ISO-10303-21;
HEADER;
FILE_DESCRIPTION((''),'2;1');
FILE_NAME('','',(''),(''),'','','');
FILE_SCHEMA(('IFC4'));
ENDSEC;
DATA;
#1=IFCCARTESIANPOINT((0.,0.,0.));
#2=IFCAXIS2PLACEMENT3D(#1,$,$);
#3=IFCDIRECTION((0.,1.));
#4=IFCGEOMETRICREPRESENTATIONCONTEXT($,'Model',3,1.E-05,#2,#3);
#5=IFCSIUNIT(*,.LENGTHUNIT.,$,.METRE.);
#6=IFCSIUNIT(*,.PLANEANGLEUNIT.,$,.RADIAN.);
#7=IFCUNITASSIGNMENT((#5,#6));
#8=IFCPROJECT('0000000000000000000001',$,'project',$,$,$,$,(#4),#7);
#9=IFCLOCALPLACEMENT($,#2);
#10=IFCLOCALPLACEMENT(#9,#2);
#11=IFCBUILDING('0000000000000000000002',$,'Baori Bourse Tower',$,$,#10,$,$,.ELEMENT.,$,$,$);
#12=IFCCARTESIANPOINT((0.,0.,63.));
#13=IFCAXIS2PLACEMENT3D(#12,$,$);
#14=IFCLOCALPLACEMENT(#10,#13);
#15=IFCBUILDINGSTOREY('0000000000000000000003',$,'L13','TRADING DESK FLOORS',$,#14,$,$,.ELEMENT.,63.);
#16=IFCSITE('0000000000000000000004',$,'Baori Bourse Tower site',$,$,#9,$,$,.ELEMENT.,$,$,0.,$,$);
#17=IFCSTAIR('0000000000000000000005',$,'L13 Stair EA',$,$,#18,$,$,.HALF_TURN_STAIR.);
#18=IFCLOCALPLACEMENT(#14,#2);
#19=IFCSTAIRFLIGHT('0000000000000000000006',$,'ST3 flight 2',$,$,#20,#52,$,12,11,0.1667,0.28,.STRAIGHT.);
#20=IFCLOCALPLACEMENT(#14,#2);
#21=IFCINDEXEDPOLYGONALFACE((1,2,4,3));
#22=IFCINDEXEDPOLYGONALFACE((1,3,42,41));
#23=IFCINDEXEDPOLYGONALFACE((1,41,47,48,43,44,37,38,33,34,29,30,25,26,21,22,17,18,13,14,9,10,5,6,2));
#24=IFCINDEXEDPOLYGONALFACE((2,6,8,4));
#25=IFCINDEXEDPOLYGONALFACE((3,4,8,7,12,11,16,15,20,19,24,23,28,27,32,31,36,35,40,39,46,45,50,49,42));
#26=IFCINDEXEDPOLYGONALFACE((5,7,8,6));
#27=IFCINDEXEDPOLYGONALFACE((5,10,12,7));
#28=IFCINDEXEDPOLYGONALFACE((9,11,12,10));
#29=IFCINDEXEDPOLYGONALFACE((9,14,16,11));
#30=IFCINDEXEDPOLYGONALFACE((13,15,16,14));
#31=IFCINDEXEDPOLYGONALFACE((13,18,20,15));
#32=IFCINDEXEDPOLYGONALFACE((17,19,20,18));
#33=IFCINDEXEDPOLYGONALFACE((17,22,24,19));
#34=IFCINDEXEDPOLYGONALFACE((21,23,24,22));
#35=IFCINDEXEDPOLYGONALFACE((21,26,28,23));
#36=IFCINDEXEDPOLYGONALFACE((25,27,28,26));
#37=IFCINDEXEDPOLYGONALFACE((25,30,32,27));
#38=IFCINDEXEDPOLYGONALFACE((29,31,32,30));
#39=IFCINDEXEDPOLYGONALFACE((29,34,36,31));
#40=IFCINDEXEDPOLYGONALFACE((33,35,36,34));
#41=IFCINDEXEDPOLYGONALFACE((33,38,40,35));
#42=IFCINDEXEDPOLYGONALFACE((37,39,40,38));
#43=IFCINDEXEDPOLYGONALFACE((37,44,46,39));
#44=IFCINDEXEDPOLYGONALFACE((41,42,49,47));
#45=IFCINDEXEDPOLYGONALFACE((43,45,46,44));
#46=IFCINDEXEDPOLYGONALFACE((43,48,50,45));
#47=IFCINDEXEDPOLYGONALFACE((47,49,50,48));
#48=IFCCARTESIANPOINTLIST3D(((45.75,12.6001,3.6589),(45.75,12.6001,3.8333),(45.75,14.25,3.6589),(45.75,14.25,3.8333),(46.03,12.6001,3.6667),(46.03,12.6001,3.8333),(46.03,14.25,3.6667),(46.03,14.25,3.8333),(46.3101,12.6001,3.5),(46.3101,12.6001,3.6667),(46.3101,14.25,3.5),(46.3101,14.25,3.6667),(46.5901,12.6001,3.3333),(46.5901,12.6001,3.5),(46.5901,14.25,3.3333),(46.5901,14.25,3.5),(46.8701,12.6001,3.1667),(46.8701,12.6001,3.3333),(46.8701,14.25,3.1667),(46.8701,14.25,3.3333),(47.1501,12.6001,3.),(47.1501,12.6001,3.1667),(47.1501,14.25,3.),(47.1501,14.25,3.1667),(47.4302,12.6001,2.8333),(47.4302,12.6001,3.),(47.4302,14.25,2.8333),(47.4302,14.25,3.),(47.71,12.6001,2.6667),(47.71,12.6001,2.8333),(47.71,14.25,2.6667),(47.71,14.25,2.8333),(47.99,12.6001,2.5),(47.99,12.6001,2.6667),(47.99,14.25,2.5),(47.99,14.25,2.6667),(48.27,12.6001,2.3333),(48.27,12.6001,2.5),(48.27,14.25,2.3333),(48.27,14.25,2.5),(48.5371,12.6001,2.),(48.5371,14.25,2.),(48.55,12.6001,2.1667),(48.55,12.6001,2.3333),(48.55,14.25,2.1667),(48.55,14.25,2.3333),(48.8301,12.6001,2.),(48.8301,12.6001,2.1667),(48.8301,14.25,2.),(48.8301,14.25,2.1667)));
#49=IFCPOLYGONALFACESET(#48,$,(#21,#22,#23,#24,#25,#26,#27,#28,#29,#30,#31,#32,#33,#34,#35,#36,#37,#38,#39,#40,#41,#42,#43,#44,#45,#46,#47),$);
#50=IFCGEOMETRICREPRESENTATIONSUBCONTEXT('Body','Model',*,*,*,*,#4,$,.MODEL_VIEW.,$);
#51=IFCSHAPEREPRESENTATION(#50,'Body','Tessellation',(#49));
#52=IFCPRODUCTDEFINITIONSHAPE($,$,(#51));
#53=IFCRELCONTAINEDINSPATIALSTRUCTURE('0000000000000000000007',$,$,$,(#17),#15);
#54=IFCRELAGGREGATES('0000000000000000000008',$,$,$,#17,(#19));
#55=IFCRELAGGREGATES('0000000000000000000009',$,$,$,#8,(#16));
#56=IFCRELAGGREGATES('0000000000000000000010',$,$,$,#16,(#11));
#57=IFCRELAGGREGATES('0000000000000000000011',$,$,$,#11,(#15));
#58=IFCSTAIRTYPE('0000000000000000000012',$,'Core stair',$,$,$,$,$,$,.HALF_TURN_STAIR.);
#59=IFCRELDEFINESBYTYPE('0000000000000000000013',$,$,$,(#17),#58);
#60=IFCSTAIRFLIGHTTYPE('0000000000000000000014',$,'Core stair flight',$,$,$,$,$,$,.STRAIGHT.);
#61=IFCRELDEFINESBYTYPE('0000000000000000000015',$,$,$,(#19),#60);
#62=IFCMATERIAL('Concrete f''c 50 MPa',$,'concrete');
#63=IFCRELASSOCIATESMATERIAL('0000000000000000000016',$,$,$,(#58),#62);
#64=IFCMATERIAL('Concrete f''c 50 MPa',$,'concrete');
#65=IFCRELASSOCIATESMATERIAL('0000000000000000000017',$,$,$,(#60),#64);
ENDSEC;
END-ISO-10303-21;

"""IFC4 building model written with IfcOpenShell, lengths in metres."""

from ifc_helpers import new_model, si_unit, direction, frame, origin, place, context, subcontext, project, spatial, polyline, outline, extrude, material, type_object, element, aggregate, save


model = new_model("IFC4")

# Units and contexts
model_context = context("Model", 3, precision=1e-05, world=origin(), true_north=direction((0.0, 1.0)))
body_context = subcontext(model_context, "Body", "Model", "MODEL_VIEW")
ifc_project = project(units=[si_unit("LENGTHUNIT", "METRE"), si_unit("PLANEANGLEUNIT", "RADIAN")], contexts=[model_context])

# Site, building, storey
site_placement = place(None, origin())
site = spatial("IfcSite", under=ifc_project, at=site_placement, Name="Baori Bourse Tower site", CompositionType="ELEMENT", RefElevation=0.0)
building_placement = place(site_placement, origin())
building = spatial("IfcBuilding", under=site, at=building_placement, Name="Baori Bourse Tower", CompositionType="ELEMENT")
storey_placement = place(building_placement, frame((0.0, 0.0, 63.0)))
storey = spatial("IfcBuildingStorey", under=building, at=storey_placement, Name="L13", Description="TRADING DESK FLOORS", CompositionType="ELEMENT", Elevation=63.0)

# Stair, stair flight
ifc_material_1 = material(Name="Concrete f'c 50 MPa", Category="concrete")
stair_type = type_object("IfcStairType", Name="Core stair", PredefinedType="HALF_TURN_STAIR", material=ifc_material_1)
stair_placement = place(storey_placement, origin())
stair = element("IfcStair", 1, at=stair_placement, inside=storey, type_object=stair_type, Name="L13 Stair EA", PredefinedType="HALF_TURN_STAIR")
ifc_material_2 = material(Name="Concrete f'c 50 MPa", Category="concrete")
stair_flight_type = type_object("IfcStairFlightType", Name="Core stair flight", PredefinedType="STRAIGHT", material=ifc_material_2)
stair_flight_1_placement = place(storey_placement, frame((48.8301, 13.425, 2.0), z_axis=(0.0, 0.0, 1.0), x_axis=(-1.0, 0.0, 0.0)))
stair_flight_1 = element("IfcStairFlight", 2, at=stair_flight_1_placement, type_object=stair_flight_type, Name="ST3 flight 2", NumberOfRisers=12, NumberOfTreads=11, PredefinedType="STRAIGHT", RiserHeight=0.1667, TreadLength=0.28, context=body_context, shape_type="SweptSolid", body=[
    extrude(outline(polyline([(0.0, 0.0), (0.0, 0.1667), (0.28, 0.1667), (0.28, 0.3333), (0.5601, 0.3333), (0.5601, 0.5), (0.8401, 0.5), (0.8401, 0.6667), (1.1201, 0.6667), (1.1201, 0.8333), (1.3999, 0.8333), (1.3999, 1.0), (1.6799, 1.0), (1.6799, 1.1667), (1.96, 1.1667), (1.96, 1.3333), (2.24, 1.3333), (2.24, 1.5), (2.52, 1.5), (2.52, 1.6667), (2.8, 1.6667), (2.8, 1.8333), (3.0801, 1.8333), (3.0801, 2.0), (3.0801, 1.6589), (0.293, 0.0), (0.0, 0.0)])), frame((0.0, 0.825, 0.0), z_axis=(0.0, -1.0, 0.0), x_axis=(1.0, 0.0, 0.0)), (0.0, 0.0, 1.0), 1.6499),
])
aggregate(stair, [stair_flight_1])

save(model, "model.ifc")
